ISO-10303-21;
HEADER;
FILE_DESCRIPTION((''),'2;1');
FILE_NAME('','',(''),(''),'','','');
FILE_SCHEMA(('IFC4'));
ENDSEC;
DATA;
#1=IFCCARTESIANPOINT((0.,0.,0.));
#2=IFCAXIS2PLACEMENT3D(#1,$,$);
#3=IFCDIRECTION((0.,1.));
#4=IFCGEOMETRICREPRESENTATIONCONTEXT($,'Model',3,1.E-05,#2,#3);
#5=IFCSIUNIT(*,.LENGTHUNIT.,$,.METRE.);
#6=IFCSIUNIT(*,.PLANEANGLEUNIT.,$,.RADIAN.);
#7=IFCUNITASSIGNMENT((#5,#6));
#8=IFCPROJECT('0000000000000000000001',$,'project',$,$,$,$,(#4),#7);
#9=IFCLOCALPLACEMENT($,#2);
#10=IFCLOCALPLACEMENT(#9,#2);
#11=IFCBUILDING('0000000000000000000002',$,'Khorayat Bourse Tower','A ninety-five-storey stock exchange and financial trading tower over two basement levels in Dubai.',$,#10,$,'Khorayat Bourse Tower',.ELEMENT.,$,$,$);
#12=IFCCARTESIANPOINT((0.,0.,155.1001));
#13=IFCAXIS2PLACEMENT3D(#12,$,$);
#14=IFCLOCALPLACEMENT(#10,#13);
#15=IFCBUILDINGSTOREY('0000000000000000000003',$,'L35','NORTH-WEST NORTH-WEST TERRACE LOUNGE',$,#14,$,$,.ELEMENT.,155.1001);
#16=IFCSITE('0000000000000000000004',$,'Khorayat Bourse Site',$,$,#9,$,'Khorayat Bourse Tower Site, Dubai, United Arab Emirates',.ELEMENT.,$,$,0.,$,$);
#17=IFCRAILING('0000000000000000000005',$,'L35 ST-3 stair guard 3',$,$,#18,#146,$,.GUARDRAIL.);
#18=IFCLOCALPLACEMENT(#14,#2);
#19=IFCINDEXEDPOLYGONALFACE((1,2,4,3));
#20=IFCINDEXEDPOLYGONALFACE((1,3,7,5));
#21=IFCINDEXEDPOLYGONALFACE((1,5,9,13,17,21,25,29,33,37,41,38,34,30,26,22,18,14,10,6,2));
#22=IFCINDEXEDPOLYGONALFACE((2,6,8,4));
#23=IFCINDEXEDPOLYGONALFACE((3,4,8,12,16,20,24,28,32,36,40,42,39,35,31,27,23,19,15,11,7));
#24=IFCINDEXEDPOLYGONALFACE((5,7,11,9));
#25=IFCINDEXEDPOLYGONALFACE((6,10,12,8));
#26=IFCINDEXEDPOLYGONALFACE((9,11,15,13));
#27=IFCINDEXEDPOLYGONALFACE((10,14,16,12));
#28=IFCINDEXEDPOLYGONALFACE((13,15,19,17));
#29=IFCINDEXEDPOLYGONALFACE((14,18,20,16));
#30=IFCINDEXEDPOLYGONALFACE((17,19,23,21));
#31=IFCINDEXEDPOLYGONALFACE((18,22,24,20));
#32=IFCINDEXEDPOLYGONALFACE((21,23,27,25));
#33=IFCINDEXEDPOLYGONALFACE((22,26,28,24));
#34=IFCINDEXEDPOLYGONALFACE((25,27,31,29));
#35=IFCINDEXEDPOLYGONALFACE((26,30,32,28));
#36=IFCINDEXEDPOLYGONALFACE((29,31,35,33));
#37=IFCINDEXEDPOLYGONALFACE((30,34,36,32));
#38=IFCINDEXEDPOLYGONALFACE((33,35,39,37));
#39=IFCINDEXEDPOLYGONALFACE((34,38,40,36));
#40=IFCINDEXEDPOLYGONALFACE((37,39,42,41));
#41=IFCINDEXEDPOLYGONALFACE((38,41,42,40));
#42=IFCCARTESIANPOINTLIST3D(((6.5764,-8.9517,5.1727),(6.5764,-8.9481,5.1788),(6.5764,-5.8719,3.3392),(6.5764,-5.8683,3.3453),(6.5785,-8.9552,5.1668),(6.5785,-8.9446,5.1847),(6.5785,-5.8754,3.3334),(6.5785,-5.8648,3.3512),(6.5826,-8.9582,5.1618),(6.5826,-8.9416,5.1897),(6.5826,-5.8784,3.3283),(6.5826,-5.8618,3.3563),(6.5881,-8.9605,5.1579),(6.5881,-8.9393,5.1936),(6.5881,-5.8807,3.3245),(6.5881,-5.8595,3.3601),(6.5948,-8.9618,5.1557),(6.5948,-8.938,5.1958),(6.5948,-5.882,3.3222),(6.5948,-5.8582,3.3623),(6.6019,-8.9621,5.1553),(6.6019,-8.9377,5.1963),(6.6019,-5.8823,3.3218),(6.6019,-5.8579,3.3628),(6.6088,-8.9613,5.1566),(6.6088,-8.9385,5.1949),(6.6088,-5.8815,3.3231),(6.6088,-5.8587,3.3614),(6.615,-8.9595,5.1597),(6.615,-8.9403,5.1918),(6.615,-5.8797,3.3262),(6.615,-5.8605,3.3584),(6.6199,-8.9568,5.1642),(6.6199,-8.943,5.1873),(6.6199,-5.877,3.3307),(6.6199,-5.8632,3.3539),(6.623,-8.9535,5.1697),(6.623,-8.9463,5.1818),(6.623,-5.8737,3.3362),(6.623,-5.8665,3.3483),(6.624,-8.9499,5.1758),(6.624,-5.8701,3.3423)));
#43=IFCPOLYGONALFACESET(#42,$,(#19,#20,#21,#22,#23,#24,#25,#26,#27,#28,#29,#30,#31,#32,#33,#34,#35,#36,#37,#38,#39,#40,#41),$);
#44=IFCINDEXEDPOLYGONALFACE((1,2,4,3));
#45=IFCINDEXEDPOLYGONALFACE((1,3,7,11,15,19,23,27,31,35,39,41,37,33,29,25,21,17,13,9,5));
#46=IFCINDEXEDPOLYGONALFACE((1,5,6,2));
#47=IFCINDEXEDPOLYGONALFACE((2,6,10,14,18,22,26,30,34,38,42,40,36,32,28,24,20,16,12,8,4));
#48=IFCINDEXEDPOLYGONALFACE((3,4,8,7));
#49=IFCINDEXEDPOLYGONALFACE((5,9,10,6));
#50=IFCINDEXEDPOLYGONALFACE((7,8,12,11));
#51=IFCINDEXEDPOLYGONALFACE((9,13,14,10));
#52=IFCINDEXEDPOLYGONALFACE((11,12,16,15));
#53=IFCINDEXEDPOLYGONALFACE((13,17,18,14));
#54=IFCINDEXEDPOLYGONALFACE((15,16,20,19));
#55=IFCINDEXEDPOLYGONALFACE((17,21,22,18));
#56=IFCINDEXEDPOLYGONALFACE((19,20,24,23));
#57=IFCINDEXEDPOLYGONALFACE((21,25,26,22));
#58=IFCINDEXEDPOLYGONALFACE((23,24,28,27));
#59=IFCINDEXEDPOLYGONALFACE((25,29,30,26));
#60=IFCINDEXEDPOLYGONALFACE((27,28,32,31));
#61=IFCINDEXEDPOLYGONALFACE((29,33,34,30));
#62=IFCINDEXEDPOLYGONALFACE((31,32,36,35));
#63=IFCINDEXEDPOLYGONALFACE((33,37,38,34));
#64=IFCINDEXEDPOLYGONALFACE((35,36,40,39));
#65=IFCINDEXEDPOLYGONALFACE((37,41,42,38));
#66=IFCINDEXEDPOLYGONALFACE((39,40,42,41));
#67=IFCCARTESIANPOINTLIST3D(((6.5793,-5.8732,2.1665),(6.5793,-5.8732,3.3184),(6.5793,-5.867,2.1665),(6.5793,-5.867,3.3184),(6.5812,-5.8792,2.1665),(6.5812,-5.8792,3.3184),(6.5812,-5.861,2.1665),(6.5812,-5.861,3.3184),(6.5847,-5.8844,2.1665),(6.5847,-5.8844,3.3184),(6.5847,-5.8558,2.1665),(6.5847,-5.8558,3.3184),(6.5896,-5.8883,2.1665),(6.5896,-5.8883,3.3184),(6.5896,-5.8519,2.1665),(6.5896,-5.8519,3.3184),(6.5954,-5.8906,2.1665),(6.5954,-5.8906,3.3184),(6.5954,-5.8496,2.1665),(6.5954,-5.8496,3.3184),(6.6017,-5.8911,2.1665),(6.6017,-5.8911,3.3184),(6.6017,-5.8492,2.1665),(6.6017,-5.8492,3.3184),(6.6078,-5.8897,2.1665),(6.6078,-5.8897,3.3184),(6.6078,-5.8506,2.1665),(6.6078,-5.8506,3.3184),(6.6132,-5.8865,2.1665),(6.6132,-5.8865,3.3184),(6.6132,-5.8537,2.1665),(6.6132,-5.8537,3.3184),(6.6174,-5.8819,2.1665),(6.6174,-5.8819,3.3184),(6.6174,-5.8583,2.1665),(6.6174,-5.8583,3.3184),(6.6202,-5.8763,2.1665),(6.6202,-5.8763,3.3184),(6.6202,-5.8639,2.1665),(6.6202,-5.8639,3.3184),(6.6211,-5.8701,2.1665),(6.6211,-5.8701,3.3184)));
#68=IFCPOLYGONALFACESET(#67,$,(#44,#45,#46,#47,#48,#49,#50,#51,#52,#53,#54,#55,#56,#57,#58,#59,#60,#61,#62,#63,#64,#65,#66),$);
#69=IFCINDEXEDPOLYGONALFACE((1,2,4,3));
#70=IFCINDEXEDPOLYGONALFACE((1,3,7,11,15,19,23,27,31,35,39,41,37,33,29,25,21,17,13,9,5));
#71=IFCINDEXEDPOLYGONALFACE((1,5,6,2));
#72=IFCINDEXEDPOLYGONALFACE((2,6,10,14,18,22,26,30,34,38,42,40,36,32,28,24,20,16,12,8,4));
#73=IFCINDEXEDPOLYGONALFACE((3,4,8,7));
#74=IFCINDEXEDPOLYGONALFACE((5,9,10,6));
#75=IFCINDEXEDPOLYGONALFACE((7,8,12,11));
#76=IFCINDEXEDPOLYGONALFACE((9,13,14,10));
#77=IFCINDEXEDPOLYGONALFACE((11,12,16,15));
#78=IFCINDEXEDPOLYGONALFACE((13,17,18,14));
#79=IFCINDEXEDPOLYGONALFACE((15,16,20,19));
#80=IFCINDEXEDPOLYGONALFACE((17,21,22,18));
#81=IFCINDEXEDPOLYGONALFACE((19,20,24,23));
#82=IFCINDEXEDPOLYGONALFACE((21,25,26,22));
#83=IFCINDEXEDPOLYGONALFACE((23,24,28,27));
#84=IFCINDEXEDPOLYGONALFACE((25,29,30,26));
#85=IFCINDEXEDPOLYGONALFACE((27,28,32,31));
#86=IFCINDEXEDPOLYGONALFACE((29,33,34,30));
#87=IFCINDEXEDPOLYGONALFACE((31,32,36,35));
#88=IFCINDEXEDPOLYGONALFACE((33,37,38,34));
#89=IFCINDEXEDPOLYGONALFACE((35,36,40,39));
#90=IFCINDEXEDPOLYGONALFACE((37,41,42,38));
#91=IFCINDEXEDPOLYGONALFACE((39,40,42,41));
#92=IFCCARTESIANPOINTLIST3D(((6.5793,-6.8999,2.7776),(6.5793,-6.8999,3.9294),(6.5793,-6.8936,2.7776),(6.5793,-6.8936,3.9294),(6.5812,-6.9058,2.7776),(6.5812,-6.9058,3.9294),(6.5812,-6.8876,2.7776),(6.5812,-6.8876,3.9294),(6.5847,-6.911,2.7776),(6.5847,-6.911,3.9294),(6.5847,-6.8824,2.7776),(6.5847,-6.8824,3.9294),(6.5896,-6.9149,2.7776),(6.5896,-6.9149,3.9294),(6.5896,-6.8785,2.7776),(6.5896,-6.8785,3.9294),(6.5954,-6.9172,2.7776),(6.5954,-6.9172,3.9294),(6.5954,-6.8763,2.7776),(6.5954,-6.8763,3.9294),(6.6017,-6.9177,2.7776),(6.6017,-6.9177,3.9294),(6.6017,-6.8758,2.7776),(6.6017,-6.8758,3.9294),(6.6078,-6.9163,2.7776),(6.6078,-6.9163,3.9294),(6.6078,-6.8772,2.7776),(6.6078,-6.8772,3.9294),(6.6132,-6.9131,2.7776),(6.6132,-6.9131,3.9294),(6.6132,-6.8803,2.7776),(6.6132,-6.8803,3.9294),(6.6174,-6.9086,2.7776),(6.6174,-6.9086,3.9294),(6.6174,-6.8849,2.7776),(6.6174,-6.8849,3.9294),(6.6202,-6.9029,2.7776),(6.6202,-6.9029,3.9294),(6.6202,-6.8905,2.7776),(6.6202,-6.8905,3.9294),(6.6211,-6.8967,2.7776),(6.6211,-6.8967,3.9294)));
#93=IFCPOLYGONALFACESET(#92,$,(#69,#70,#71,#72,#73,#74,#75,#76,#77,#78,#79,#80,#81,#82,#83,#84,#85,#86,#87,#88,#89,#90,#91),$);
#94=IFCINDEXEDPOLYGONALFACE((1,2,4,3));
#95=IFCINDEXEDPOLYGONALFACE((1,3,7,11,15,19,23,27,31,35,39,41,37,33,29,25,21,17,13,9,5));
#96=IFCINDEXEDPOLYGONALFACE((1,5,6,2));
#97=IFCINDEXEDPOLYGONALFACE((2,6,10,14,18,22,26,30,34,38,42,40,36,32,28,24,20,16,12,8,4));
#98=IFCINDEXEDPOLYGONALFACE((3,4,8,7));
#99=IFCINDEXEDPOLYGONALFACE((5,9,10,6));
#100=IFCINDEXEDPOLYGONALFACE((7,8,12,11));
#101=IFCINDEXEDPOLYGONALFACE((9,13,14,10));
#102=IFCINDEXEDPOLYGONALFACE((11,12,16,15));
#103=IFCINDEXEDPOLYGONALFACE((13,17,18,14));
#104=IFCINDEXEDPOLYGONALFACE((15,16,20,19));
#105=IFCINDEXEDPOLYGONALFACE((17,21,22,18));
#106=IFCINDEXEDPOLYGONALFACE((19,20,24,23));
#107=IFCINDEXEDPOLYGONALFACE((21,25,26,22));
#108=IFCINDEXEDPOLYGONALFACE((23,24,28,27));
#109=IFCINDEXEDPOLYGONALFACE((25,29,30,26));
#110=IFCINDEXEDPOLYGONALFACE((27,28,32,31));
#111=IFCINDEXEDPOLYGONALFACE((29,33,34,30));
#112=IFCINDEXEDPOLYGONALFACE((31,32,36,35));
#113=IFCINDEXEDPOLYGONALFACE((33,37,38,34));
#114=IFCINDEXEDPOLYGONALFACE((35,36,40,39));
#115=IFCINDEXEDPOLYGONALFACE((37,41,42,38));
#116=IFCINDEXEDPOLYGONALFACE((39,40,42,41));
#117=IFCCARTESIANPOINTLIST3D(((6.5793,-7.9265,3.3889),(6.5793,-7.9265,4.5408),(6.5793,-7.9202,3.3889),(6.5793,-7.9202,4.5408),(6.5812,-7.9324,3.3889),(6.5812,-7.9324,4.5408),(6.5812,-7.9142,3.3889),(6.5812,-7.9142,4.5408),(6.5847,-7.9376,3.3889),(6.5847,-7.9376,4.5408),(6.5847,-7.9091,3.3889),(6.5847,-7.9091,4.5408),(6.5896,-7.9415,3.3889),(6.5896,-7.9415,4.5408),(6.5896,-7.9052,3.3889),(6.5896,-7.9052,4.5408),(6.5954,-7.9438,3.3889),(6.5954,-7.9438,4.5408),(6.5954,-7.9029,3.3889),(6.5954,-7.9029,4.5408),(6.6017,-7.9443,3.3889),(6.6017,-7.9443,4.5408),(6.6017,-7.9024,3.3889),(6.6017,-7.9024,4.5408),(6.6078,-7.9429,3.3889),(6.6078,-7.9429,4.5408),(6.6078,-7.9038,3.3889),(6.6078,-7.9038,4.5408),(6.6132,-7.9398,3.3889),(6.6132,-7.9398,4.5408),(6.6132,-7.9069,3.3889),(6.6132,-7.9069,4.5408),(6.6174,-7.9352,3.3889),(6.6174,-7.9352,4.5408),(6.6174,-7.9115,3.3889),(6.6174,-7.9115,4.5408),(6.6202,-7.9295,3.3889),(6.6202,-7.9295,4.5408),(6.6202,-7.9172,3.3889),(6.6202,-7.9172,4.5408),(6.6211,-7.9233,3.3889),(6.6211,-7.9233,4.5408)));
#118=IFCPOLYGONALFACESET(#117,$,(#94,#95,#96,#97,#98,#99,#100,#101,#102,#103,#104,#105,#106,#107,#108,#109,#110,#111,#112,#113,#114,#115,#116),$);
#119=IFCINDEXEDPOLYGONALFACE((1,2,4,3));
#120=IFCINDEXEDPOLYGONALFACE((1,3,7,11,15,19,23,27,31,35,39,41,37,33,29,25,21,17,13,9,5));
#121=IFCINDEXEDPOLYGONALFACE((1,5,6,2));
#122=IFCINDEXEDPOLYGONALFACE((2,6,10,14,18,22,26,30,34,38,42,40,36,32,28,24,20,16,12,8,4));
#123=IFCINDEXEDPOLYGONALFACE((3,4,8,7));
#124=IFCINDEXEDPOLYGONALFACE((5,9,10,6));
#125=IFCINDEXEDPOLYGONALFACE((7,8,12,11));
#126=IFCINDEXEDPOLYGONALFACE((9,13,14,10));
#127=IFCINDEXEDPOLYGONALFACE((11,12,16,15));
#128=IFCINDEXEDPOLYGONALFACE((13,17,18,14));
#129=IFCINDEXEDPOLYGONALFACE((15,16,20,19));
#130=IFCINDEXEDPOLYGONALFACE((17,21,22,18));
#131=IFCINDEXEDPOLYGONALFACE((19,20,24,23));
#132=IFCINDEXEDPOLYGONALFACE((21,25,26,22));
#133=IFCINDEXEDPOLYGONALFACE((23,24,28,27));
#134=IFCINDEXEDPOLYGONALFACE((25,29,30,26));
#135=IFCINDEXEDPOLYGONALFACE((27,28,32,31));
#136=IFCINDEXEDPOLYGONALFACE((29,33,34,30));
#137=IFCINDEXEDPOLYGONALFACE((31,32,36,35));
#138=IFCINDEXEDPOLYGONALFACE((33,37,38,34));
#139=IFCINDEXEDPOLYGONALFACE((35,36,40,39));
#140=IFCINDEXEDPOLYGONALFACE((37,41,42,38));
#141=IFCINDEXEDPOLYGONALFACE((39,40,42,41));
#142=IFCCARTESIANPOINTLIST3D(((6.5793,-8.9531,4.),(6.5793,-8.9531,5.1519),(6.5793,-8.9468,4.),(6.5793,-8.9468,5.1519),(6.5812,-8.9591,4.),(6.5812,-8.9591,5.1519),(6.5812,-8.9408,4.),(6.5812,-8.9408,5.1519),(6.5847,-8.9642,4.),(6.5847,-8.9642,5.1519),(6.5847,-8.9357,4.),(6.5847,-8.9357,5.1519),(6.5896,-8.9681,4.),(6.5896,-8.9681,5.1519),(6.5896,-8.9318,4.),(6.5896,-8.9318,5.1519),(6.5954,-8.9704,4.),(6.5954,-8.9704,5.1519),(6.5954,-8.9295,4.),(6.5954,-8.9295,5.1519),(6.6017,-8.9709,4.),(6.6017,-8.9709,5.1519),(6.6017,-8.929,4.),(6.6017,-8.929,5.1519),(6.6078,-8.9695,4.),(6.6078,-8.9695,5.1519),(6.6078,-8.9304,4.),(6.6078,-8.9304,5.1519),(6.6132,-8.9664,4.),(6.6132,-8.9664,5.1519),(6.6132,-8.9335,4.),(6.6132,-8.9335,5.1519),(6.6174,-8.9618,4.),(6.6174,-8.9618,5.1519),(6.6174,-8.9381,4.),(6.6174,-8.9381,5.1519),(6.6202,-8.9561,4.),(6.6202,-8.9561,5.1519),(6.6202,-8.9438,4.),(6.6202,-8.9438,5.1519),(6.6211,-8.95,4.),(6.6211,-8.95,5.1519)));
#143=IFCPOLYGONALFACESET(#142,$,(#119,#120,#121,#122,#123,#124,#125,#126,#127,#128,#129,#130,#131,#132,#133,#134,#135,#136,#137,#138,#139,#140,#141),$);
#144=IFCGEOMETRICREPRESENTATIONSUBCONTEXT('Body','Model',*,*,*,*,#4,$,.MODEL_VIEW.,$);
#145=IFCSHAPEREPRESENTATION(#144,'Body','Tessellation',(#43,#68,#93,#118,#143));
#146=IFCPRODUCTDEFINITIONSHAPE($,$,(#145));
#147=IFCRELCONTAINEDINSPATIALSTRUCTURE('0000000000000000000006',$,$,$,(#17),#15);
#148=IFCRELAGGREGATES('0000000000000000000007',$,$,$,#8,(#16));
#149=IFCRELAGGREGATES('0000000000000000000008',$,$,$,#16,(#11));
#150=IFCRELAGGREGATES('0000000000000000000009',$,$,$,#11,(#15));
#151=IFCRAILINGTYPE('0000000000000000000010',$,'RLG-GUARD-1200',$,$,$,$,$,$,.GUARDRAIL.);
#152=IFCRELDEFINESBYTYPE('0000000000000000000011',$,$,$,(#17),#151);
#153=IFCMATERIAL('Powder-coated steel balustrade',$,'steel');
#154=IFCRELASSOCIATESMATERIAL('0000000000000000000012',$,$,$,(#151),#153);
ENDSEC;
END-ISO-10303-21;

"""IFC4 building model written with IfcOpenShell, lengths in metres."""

from ifc_helpers import new_model, si_unit, direction, frame, origin, origin_2d, place, context, subcontext, project, spatial, circle, extrude, source, transform, mapped, material, type_object, element, save


model = new_model("IFC4")

# Units and contexts
model_context = context("Model", 3, precision=1e-05, world=origin(), true_north=direction((0.0, 1.0)))
body_context = subcontext(model_context, "Body", "Model", "MODEL_VIEW")
ifc_project = project(units=[si_unit("LENGTHUNIT", "METRE"), si_unit("PLANEANGLEUNIT", "RADIAN")], contexts=[model_context])

# Site, building, storey
site_placement = place(None, origin())
site = spatial("IfcSite", under=ifc_project, at=site_placement, Name="Khorayat Bourse Site", LongName="Khorayat Bourse Tower Site, Dubai, United Arab Emirates", CompositionType="ELEMENT", RefElevation=0.0)
building_placement = place(site_placement, origin())
building = spatial("IfcBuilding", under=site, at=building_placement, Name="Khorayat Bourse Tower", Description="A ninety-five-storey stock exchange and financial trading tower over two basement levels in Dubai.", LongName="Khorayat Bourse Tower", CompositionType="ELEMENT")
storey_placement = place(building_placement, frame((0.0, 0.0, 155.1001)))
storey = spatial("IfcBuildingStorey", under=building, at=storey_placement, Name="L35", Description="NORTH-WEST NORTH-WEST TERRACE LOUNGE", CompositionType="ELEMENT", Elevation=155.1001)

# Railing
ifc_material_1 = material(Name="Powder-coated steel balustrade", Category="steel")
railing_type_1 = type_object("IfcRailingType", Name="RLG-GUARD-1200", PredefinedType="GUARDRAIL", material=ifc_material_1)
shared_shape_1 = source(origin(), body_context, "Body", "SweptSolid", [
    extrude(circle(Radius=0.0239, at=origin_2d()), frame((0.0, 0.0, 1.1758), z_axis=(0.0, -0.859261, 0.511538), x_axis=(1.0, 0.0, 0.0)), (0.0, 0.0, 1.0), 3.5842),
    extrude(circle(Radius=0.021, at=origin_2d()), origin(), (0.0, 0.0, 1.0), 1.1519),
    extrude(circle(Radius=0.021, at=origin_2d()), frame((0.0, -1.0266, 0.6111)), (0.0, 0.0, 1.0), 1.1519),
    extrude(circle(Radius=0.021, at=origin_2d()), frame((0.0, -2.0532, 1.2224)), (0.0, 0.0, 1.0), 1.1519),
    extrude(circle(Radius=0.021, at=origin_2d()), frame((0.0, -3.0798, 1.8335)), (0.0, 0.0, 1.0), 1.1519),
])
railing_1_placement = place(storey_placement, frame((6.6001, -5.8701, 2.1665)))
element("IfcRailing", 1, at=railing_1_placement, inside=storey, type_object=railing_type_1, Name="L35 ST-3 stair guard 3", PredefinedType="GUARDRAIL", context=body_context, shape_type="MappedRepresentation", body=[
    mapped(shared_shape_1, transform((0.0, 0.0, 0.0), scale=1.0)),
])

save(model, "model.ifc")
